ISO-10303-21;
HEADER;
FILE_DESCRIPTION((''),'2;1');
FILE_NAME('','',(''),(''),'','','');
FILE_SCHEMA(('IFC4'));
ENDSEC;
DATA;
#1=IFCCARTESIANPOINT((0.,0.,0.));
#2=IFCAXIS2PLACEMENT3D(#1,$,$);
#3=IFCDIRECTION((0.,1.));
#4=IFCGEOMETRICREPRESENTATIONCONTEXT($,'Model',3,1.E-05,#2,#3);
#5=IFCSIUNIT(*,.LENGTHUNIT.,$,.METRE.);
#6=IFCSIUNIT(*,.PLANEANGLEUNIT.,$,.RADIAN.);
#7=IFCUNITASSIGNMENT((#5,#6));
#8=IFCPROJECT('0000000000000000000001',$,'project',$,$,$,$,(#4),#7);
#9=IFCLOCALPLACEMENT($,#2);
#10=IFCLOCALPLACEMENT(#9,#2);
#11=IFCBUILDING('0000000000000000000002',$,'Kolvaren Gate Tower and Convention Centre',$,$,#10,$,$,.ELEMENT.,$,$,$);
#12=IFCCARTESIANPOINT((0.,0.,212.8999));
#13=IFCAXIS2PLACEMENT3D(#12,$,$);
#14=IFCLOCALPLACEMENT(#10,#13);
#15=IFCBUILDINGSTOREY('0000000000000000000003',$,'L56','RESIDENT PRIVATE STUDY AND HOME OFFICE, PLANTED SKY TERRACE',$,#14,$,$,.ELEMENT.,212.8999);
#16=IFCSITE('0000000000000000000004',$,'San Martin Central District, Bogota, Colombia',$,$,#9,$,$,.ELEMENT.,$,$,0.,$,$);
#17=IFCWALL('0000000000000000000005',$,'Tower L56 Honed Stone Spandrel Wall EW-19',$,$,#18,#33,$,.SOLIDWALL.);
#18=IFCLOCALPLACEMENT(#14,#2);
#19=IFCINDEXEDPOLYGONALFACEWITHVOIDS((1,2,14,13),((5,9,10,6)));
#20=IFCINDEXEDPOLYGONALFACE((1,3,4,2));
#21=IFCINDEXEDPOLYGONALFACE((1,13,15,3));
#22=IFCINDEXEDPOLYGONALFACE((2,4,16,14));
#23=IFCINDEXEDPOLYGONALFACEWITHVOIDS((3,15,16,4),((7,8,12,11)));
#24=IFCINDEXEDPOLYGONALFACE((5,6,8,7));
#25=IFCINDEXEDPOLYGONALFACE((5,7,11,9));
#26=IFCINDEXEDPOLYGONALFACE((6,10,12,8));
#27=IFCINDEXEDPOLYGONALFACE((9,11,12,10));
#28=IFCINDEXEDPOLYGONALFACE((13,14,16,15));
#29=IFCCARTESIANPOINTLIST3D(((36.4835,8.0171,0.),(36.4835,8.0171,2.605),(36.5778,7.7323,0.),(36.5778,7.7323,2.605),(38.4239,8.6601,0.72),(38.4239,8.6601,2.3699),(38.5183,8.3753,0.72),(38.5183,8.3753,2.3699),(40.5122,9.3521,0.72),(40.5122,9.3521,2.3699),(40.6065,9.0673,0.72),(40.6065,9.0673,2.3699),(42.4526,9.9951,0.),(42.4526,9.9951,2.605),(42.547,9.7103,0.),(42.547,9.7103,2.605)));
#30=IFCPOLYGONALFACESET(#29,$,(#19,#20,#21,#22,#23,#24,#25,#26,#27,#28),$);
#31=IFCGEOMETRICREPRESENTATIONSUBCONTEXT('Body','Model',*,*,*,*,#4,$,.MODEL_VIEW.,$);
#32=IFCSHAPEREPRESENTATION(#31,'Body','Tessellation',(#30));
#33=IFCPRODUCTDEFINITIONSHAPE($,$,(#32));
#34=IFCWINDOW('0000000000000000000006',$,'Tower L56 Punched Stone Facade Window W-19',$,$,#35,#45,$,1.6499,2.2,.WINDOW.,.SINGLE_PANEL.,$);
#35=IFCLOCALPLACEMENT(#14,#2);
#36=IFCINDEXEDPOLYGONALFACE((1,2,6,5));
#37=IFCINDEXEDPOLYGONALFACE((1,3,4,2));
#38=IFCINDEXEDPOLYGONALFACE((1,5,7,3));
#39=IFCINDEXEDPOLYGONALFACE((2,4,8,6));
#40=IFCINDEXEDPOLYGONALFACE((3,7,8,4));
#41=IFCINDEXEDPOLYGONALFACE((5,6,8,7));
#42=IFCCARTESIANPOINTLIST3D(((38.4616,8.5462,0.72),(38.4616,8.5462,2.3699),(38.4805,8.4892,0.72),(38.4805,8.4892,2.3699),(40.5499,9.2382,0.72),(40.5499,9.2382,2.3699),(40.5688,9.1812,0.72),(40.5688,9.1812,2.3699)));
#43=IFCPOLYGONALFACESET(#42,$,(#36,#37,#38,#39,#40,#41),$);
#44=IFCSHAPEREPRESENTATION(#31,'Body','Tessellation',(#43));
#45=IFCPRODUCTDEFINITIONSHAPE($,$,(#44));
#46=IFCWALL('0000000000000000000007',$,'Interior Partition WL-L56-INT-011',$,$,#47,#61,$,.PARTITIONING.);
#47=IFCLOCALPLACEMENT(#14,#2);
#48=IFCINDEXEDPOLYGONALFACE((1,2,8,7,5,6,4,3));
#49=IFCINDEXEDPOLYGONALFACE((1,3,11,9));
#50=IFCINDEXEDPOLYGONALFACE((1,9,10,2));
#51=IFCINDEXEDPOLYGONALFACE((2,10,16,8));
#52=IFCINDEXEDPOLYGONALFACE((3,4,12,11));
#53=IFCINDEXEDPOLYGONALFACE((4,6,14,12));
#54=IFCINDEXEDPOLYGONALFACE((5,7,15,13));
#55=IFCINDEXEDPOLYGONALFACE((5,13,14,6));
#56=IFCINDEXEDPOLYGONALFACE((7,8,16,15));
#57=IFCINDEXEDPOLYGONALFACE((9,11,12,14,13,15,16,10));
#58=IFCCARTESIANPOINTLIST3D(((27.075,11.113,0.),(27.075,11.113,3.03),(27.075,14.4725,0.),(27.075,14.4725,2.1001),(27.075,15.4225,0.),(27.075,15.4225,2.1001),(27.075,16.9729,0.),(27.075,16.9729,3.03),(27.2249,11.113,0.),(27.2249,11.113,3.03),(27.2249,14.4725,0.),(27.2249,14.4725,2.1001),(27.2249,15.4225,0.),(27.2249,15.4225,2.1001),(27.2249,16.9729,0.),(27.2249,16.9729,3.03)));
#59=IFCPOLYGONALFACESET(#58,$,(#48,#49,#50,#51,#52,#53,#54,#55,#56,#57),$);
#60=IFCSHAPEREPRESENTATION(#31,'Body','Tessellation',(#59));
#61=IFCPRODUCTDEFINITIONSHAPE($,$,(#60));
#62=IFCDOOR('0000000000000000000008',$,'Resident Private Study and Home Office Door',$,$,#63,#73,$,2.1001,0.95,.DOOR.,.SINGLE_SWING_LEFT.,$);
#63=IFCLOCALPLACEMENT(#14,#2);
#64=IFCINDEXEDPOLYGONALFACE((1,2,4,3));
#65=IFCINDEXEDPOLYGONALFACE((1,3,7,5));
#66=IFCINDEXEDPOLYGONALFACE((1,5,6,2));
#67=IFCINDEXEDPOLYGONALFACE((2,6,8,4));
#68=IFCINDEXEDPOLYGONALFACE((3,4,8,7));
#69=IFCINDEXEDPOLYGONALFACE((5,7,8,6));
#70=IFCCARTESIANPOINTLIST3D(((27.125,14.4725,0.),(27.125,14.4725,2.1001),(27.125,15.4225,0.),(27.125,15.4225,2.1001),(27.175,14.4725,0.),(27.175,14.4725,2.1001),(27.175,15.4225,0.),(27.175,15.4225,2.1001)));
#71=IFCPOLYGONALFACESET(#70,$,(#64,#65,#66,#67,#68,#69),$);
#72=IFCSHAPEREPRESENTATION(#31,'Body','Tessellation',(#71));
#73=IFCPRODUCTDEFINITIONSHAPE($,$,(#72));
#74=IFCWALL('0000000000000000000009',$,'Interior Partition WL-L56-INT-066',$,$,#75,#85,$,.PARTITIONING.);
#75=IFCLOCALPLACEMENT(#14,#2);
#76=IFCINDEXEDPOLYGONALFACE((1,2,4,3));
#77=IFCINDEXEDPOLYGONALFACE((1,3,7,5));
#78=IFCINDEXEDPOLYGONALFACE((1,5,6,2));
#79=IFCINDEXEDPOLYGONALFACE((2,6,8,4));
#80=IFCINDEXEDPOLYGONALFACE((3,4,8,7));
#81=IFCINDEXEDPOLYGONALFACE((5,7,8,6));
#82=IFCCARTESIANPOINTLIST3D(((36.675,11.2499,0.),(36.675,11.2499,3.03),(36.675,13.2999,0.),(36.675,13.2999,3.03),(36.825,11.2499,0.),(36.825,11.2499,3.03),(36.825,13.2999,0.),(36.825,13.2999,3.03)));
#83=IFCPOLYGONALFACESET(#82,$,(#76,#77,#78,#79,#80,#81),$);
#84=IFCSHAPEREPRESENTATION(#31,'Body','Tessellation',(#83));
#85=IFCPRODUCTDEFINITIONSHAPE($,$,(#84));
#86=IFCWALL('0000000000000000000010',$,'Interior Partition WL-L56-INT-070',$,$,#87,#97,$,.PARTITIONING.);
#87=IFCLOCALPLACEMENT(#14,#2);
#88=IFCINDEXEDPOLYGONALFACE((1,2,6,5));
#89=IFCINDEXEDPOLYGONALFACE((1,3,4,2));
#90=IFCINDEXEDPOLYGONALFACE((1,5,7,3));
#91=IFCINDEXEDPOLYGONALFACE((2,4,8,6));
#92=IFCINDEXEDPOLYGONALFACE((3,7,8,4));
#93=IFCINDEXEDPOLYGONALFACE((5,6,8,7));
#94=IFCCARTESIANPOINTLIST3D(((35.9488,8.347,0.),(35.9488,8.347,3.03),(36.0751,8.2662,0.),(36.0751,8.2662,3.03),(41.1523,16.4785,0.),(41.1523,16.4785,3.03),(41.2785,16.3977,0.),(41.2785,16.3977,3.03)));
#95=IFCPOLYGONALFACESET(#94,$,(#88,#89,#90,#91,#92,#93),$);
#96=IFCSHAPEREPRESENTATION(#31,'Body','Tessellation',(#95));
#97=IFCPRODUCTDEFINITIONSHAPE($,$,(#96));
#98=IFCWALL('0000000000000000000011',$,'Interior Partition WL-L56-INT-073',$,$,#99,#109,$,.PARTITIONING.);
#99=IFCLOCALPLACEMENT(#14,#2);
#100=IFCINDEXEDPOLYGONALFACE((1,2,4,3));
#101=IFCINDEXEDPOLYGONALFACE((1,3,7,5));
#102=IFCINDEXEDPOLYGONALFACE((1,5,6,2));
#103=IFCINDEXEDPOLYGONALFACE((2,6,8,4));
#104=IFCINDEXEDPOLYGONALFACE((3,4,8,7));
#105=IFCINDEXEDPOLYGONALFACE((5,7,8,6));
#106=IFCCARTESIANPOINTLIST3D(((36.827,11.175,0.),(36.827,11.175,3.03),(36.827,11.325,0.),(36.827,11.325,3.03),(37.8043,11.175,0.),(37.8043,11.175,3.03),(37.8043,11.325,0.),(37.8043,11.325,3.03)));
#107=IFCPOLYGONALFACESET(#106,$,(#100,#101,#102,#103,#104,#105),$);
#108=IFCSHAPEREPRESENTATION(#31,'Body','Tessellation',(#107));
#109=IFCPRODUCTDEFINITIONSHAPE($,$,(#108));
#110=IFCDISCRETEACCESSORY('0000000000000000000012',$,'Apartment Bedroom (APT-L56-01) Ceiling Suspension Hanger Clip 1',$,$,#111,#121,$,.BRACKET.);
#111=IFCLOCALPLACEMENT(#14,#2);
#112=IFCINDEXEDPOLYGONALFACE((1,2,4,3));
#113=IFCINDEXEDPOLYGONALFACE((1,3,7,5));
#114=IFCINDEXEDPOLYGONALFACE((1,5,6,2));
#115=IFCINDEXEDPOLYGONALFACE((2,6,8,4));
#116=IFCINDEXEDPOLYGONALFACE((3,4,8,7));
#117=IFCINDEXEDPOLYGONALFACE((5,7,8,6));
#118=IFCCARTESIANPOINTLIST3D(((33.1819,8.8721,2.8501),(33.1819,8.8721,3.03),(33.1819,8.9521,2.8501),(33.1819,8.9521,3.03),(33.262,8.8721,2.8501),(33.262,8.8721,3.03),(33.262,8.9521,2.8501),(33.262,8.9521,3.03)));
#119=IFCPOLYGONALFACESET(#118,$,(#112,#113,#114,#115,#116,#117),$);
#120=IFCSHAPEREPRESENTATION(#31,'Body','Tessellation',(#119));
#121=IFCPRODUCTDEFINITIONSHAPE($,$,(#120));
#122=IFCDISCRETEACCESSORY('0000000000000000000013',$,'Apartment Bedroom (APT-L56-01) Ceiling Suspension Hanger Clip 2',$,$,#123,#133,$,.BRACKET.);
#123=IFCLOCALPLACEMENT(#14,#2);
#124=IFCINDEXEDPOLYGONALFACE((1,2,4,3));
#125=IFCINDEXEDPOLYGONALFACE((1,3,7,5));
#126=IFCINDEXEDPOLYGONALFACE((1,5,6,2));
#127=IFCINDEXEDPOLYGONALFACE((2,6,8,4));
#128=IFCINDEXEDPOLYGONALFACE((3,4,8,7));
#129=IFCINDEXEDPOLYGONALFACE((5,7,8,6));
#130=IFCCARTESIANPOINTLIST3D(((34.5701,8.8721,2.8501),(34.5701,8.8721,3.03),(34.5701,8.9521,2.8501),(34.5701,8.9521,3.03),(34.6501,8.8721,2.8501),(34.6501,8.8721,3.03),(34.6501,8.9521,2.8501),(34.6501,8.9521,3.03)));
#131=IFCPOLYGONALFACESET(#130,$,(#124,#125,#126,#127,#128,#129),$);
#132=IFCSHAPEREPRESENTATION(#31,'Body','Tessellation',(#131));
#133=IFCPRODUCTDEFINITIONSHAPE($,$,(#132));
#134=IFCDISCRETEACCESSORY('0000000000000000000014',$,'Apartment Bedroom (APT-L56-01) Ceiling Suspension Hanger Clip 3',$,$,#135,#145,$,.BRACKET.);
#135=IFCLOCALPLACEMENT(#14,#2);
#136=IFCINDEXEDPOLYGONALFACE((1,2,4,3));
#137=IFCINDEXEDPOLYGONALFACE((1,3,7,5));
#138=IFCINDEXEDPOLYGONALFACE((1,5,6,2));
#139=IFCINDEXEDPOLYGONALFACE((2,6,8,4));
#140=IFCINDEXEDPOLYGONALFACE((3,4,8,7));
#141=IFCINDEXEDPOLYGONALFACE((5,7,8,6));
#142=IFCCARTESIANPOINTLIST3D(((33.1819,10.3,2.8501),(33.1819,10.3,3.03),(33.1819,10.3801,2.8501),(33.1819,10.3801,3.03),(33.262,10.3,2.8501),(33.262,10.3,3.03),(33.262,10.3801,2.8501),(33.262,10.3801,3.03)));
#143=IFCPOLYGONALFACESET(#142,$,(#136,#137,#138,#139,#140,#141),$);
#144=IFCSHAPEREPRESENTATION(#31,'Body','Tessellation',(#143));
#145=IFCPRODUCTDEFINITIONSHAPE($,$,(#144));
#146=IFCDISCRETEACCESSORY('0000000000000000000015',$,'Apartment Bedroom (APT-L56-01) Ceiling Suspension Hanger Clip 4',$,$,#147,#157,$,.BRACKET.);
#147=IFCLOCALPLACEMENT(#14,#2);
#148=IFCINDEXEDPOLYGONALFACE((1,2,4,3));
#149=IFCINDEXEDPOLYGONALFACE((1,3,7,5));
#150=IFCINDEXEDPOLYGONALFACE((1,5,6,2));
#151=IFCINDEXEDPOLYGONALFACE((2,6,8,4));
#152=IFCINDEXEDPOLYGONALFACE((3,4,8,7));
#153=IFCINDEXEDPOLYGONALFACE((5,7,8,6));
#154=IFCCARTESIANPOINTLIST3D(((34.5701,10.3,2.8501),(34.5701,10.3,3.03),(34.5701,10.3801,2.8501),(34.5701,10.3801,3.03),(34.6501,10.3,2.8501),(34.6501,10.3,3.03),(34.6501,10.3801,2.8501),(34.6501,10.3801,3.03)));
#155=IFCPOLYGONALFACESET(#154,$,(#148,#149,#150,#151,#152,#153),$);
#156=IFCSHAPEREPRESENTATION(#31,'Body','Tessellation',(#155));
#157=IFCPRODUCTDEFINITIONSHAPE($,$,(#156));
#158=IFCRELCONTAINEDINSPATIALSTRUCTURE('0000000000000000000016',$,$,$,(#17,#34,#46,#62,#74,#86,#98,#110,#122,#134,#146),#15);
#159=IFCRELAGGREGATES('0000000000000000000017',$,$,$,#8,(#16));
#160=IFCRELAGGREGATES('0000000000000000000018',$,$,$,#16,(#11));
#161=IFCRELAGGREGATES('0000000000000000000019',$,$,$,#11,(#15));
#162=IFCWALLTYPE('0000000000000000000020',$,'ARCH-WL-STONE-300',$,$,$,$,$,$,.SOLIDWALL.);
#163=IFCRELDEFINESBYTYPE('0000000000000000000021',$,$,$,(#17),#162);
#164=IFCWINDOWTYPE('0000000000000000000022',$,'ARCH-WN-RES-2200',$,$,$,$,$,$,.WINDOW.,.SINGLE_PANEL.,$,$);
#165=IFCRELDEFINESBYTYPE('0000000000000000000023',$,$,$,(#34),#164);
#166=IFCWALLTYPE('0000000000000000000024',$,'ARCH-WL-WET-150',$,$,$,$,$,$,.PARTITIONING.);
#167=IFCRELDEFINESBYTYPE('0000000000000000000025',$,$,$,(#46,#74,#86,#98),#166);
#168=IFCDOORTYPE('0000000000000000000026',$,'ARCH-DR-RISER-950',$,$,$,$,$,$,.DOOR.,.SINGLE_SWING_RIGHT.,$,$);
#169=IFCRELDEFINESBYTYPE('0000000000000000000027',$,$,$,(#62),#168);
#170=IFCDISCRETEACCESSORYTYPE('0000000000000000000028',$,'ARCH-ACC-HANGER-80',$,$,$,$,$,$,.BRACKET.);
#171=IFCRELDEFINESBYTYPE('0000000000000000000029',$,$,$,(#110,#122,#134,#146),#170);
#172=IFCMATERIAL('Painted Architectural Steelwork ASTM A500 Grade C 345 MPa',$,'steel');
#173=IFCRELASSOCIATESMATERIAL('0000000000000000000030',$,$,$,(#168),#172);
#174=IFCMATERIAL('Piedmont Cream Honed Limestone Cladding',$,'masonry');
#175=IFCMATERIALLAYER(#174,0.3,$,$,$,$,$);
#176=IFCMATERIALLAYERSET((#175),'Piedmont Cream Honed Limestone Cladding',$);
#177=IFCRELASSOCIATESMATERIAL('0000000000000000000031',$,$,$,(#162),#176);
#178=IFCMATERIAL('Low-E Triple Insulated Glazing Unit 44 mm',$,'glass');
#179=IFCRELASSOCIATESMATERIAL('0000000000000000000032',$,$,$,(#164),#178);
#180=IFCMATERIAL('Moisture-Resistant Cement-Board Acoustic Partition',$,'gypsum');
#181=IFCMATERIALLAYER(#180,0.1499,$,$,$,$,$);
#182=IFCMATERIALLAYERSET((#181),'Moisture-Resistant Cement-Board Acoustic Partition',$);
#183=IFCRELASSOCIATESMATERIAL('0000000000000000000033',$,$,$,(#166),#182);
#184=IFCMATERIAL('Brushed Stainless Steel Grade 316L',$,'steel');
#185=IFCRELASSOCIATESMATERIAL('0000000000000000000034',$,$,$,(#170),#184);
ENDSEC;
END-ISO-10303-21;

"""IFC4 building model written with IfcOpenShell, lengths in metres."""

from ifc_helpers import new_model, si_unit, direction, frame, frame_2d, origin, origin_2d, place, context, subcontext, project, spatial, rectangle, extrude, material, layer, layer_set, type_object, element, fill, save


model = new_model("IFC4")

# Units and contexts
model_context = context("Model", 3, precision=1e-05, world=origin(), true_north=direction((0.0, 1.0)))
body_context = subcontext(model_context, "Body", "Model", "MODEL_VIEW")
ifc_project = project(units=[si_unit("LENGTHUNIT", "METRE"), si_unit("PLANEANGLEUNIT", "RADIAN")], contexts=[model_context])

# Site, building, storey
site_placement = place(None, origin())
site = spatial("IfcSite", under=ifc_project, at=site_placement, Name="San Martin Central District, Bogota, Colombia", CompositionType="ELEMENT", RefElevation=0.0)
building_placement = place(site_placement, origin())
building = spatial("IfcBuilding", under=site, at=building_placement, Name="Kolvaren Gate Tower and Convention Centre", CompositionType="ELEMENT")
storey_placement = place(building_placement, frame((0.0, 0.0, 212.8999)))
storey = spatial("IfcBuildingStorey", under=building, at=storey_placement, Name="L56", Description="RESIDENT PRIVATE STUDY AND HOME OFFICE, PLANTED SKY TERRACE", CompositionType="ELEMENT", Elevation=212.8999)

# Shared definitions
ifc_material_1 = material(Name="Painted Architectural Steelwork ASTM A500 Grade C 345 MPa", Category="steel")
door_type_1 = type_object("IfcDoorType", Name="ARCH-DR-RISER-950", OperationType="SINGLE_SWING_RIGHT", PredefinedType="DOOR", material=ifc_material_1)

# Shared definitions
ifc_material_2 = material(Name="Piedmont Cream Honed Limestone Cladding", Category="masonry")

# Shared definitions
ifc_layer_1 = layer(ifc_material_2, 0.3)
ifc_layer_set_1 = layer_set([ifc_layer_1], Name="Piedmont Cream Honed Limestone Cladding")
wall_type_1 = type_object("IfcWallType", Name="ARCH-WL-STONE-300", PredefinedType="SOLIDWALL", material=ifc_layer_set_1)

# Wall, opening, window
ifc_material_3 = material(Name="Low-E Triple Insulated Glazing Unit 44 mm", Category="glass")
window_type = type_object("IfcWindowType", Name="ARCH-WN-RES-2200", PartitioningType="SINGLE_PANEL", PredefinedType="WINDOW", material=ifc_material_3)
wall_1_placement = place(storey_placement, frame((36.5308, 7.8748, 0.0), z_axis=(0.0, 0.0, 1.0), x_axis=(0.949241, 0.31455, 0.0)))
wall_1 = element("IfcWall", 1, at=wall_1_placement, inside=storey, type_object=wall_type_1, Name="Tower L56 Honed Stone Spandrel Wall EW-19", PredefinedType="SOLIDWALL", context=body_context, shape_type="SweptSolid", body=[
    extrude(rectangle(XDim=6.2883, YDim=0.3, at=frame_2d((3.144, 0.0))), origin(), (0.0, 0.0, 1.0), 2.605),
])
opening_1_placement = place(wall_1_placement, frame((2.0439, 0.0, 0.72)))
opening_1 = element("IfcOpeningElement", 2, at=opening_1_placement, cuts=wall_1, PredefinedType="OPENING", context=body_context, shape_type="SweptSolid", body=[
    extrude(rectangle(XDim=2.2, YDim=1.6499, at=frame_2d((1.1001, 0.825))), frame((0.0, 0.1599, 0.0), z_axis=(0.0, -1.0, 0.0), x_axis=(1.0, 0.0, 0.0)), (0.0, 0.0, 1.0), 0.3201),
])
window_1_placement = place(opening_1_placement, origin())
window_1 = element("IfcWindow", 3, at=window_1_placement, inside=storey, type_object=window_type, Name="Tower L56 Punched Stone Facade Window W-19", OverallHeight=1.6499, OverallWidth=2.2, PartitioningType="SINGLE_PANEL", PredefinedType="WINDOW", context=body_context, shape_type="SweptSolid", body=[
    extrude(rectangle(XDim=2.2, YDim=1.6499, at=frame_2d((1.1001, 0.825))), frame((0.0, 0.03, 0.0), z_axis=(0.0, -1.0, 0.0), x_axis=(1.0, 0.0, 0.0)), (0.0, 0.0, 1.0), 0.0601),
])
fill(opening_1, window_1)

# Wall, opening, door
ifc_material_4 = material(Name="Moisture-Resistant Cement-Board Acoustic Partition", Category="gypsum")
ifc_layer_2 = layer(ifc_material_4, 0.1499)
ifc_layer_set_2 = layer_set([ifc_layer_2], Name="Moisture-Resistant Cement-Board Acoustic Partition")
wall_type_2 = type_object("IfcWallType", Name="ARCH-WL-WET-150", PredefinedType="PARTITIONING", material=ifc_layer_set_2)
wall_2_placement = place(storey_placement, frame((27.1499, 11.113, 0.0), z_axis=(0.0, 0.0, 1.0), x_axis=(0.0, 1.0, 0.0)))
wall_2 = element("IfcWall", 4, at=wall_2_placement, inside=storey, type_object=wall_type_2, Name="Interior Partition WL-L56-INT-011", PredefinedType="PARTITIONING", context=body_context, shape_type="SweptSolid", body=[
    extrude(rectangle(XDim=5.8599, YDim=0.1499, at=frame_2d((2.9299, 0.0))), origin(), (0.0, 0.0, 1.0), 3.03),
])
opening_2_placement = place(wall_2_placement, frame((3.3594, 0.0, 0.0)))
opening_2 = element("IfcOpeningElement", 5, at=opening_2_placement, cuts=wall_2, PredefinedType="OPENING", context=body_context, shape_type="SweptSolid", body=[
    extrude(rectangle(XDim=0.95, YDim=2.1001, at=frame_2d((0.4751, 1.05))), frame((0.0, 0.085, 0.0), z_axis=(0.0, -1.0, 0.0), x_axis=(1.0, 0.0, 0.0)), (0.0, 0.0, 1.0), 0.1699),
])
door_1_placement = place(opening_2_placement, origin())
door_1 = element("IfcDoor", 6, at=door_1_placement, inside=storey, type_object=door_type_1, Name="Resident Private Study and Home Office Door", OperationType="SINGLE_SWING_LEFT", OverallHeight=2.1001, OverallWidth=0.95, PredefinedType="DOOR", context=body_context, shape_type="SweptSolid", body=[
    extrude(rectangle(XDim=0.95, YDim=2.1001, at=frame_2d((0.4751, 1.05))), frame((0.0, 0.0249, 0.0), z_axis=(0.0, -1.0, 0.0), x_axis=(1.0, 0.0, 0.0)), (0.0, 0.0, 1.0), 0.05),
])
fill(opening_2, door_1)

# Walls
wall_3_placement = place(storey_placement, frame((36.75, 11.25, 0.0), z_axis=(0.0, 0.0, 1.0), x_axis=(0.0, 1.0, 0.0)))
element("IfcWall", 7, at=wall_3_placement, inside=storey, type_object=wall_type_2, Name="Interior Partition WL-L56-INT-066", PredefinedType="PARTITIONING", context=body_context, shape_type="SweptSolid", body=[
    extrude(rectangle(XDim=2.05, YDim=0.1499, at=frame_2d((1.0249, 0.0))), origin(), (0.0, 0.0, 1.0), 3.03),
])
wall_4_placement = place(storey_placement, frame((36.012, 8.3066, 0.0), z_axis=(0.0, 0.0, 1.0), x_axis=(0.539003, 0.842304, 0.0)))
element("IfcWall", 8, at=wall_4_placement, inside=storey, type_object=wall_type_2, Name="Interior Partition WL-L56-INT-070", PredefinedType="PARTITIONING", context=body_context, shape_type="SweptSolid", body=[
    extrude(rectangle(XDim=9.6538, YDim=0.1499, at=frame_2d((4.8269, 0.0))), origin(), (0.0, 0.0, 1.0), 3.03),
])
wall_5_placement = place(storey_placement, frame((36.8269, 11.25, 0.0), z_axis=(0.0, 0.0, 1.0), x_axis=(1.0, 0.0, 0.0)))
element("IfcWall", 9, at=wall_5_placement, inside=storey, type_object=wall_type_2, Name="Interior Partition WL-L56-INT-073", PredefinedType="PARTITIONING", context=body_context, shape_type="SweptSolid", body=[
    extrude(rectangle(XDim=0.9773, YDim=0.1499, at=frame_2d((0.4888, 0.0))), origin(), (0.0, 0.0, 1.0), 3.03),
])

# Discrete accessories
ifc_material_5 = material(Name="Brushed Stainless Steel Grade 316L", Category="steel")
discrete_accessory_type = type_object("IfcDiscreteAccessoryType", Name="ARCH-ACC-HANGER-80", PredefinedType="BRACKET", material=ifc_material_5)
for number, where, z_axis, x_axis, name in (
    (10, (33.2219, 8.9121, 2.8501), (0.0, 0.0, 1.0), (1.0, 0.0, 0.0), "Apartment Bedroom (APT-L56-01) Ceiling Suspension Hanger Clip 1"),
    (11, (34.6101, 8.9121, 2.8501), (0.0, 0.0, 1.0), (1.0, 0.0, 0.0), "Apartment Bedroom (APT-L56-01) Ceiling Suspension Hanger Clip 2"),
    (12, (33.2219, 10.3401, 2.8501), (0.0, 0.0, 1.0), (1.0, 0.0, 0.0), "Apartment Bedroom (APT-L56-01) Ceiling Suspension Hanger Clip 3"),
    (13, (34.6101, 10.3401, 2.8501), (0.0, 0.0, 1.0), (1.0, 0.0, 0.0), "Apartment Bedroom (APT-L56-01) Ceiling Suspension Hanger Clip 4"),
):
    element("IfcDiscreteAccessory", number, at=place(storey_placement, frame(where, z_axis=z_axis, x_axis=x_axis)), inside=storey, type_object=discrete_accessory_type, Name=name, PredefinedType="BRACKET", context=body_context, shape_type="SweptSolid", body=[
        extrude(rectangle(XDim=0.0801, YDim=0.0801, at=origin_2d()), origin(), (0.0, 0.0, 1.0), 0.1799),
    ])

save(model, "model.ifc")
